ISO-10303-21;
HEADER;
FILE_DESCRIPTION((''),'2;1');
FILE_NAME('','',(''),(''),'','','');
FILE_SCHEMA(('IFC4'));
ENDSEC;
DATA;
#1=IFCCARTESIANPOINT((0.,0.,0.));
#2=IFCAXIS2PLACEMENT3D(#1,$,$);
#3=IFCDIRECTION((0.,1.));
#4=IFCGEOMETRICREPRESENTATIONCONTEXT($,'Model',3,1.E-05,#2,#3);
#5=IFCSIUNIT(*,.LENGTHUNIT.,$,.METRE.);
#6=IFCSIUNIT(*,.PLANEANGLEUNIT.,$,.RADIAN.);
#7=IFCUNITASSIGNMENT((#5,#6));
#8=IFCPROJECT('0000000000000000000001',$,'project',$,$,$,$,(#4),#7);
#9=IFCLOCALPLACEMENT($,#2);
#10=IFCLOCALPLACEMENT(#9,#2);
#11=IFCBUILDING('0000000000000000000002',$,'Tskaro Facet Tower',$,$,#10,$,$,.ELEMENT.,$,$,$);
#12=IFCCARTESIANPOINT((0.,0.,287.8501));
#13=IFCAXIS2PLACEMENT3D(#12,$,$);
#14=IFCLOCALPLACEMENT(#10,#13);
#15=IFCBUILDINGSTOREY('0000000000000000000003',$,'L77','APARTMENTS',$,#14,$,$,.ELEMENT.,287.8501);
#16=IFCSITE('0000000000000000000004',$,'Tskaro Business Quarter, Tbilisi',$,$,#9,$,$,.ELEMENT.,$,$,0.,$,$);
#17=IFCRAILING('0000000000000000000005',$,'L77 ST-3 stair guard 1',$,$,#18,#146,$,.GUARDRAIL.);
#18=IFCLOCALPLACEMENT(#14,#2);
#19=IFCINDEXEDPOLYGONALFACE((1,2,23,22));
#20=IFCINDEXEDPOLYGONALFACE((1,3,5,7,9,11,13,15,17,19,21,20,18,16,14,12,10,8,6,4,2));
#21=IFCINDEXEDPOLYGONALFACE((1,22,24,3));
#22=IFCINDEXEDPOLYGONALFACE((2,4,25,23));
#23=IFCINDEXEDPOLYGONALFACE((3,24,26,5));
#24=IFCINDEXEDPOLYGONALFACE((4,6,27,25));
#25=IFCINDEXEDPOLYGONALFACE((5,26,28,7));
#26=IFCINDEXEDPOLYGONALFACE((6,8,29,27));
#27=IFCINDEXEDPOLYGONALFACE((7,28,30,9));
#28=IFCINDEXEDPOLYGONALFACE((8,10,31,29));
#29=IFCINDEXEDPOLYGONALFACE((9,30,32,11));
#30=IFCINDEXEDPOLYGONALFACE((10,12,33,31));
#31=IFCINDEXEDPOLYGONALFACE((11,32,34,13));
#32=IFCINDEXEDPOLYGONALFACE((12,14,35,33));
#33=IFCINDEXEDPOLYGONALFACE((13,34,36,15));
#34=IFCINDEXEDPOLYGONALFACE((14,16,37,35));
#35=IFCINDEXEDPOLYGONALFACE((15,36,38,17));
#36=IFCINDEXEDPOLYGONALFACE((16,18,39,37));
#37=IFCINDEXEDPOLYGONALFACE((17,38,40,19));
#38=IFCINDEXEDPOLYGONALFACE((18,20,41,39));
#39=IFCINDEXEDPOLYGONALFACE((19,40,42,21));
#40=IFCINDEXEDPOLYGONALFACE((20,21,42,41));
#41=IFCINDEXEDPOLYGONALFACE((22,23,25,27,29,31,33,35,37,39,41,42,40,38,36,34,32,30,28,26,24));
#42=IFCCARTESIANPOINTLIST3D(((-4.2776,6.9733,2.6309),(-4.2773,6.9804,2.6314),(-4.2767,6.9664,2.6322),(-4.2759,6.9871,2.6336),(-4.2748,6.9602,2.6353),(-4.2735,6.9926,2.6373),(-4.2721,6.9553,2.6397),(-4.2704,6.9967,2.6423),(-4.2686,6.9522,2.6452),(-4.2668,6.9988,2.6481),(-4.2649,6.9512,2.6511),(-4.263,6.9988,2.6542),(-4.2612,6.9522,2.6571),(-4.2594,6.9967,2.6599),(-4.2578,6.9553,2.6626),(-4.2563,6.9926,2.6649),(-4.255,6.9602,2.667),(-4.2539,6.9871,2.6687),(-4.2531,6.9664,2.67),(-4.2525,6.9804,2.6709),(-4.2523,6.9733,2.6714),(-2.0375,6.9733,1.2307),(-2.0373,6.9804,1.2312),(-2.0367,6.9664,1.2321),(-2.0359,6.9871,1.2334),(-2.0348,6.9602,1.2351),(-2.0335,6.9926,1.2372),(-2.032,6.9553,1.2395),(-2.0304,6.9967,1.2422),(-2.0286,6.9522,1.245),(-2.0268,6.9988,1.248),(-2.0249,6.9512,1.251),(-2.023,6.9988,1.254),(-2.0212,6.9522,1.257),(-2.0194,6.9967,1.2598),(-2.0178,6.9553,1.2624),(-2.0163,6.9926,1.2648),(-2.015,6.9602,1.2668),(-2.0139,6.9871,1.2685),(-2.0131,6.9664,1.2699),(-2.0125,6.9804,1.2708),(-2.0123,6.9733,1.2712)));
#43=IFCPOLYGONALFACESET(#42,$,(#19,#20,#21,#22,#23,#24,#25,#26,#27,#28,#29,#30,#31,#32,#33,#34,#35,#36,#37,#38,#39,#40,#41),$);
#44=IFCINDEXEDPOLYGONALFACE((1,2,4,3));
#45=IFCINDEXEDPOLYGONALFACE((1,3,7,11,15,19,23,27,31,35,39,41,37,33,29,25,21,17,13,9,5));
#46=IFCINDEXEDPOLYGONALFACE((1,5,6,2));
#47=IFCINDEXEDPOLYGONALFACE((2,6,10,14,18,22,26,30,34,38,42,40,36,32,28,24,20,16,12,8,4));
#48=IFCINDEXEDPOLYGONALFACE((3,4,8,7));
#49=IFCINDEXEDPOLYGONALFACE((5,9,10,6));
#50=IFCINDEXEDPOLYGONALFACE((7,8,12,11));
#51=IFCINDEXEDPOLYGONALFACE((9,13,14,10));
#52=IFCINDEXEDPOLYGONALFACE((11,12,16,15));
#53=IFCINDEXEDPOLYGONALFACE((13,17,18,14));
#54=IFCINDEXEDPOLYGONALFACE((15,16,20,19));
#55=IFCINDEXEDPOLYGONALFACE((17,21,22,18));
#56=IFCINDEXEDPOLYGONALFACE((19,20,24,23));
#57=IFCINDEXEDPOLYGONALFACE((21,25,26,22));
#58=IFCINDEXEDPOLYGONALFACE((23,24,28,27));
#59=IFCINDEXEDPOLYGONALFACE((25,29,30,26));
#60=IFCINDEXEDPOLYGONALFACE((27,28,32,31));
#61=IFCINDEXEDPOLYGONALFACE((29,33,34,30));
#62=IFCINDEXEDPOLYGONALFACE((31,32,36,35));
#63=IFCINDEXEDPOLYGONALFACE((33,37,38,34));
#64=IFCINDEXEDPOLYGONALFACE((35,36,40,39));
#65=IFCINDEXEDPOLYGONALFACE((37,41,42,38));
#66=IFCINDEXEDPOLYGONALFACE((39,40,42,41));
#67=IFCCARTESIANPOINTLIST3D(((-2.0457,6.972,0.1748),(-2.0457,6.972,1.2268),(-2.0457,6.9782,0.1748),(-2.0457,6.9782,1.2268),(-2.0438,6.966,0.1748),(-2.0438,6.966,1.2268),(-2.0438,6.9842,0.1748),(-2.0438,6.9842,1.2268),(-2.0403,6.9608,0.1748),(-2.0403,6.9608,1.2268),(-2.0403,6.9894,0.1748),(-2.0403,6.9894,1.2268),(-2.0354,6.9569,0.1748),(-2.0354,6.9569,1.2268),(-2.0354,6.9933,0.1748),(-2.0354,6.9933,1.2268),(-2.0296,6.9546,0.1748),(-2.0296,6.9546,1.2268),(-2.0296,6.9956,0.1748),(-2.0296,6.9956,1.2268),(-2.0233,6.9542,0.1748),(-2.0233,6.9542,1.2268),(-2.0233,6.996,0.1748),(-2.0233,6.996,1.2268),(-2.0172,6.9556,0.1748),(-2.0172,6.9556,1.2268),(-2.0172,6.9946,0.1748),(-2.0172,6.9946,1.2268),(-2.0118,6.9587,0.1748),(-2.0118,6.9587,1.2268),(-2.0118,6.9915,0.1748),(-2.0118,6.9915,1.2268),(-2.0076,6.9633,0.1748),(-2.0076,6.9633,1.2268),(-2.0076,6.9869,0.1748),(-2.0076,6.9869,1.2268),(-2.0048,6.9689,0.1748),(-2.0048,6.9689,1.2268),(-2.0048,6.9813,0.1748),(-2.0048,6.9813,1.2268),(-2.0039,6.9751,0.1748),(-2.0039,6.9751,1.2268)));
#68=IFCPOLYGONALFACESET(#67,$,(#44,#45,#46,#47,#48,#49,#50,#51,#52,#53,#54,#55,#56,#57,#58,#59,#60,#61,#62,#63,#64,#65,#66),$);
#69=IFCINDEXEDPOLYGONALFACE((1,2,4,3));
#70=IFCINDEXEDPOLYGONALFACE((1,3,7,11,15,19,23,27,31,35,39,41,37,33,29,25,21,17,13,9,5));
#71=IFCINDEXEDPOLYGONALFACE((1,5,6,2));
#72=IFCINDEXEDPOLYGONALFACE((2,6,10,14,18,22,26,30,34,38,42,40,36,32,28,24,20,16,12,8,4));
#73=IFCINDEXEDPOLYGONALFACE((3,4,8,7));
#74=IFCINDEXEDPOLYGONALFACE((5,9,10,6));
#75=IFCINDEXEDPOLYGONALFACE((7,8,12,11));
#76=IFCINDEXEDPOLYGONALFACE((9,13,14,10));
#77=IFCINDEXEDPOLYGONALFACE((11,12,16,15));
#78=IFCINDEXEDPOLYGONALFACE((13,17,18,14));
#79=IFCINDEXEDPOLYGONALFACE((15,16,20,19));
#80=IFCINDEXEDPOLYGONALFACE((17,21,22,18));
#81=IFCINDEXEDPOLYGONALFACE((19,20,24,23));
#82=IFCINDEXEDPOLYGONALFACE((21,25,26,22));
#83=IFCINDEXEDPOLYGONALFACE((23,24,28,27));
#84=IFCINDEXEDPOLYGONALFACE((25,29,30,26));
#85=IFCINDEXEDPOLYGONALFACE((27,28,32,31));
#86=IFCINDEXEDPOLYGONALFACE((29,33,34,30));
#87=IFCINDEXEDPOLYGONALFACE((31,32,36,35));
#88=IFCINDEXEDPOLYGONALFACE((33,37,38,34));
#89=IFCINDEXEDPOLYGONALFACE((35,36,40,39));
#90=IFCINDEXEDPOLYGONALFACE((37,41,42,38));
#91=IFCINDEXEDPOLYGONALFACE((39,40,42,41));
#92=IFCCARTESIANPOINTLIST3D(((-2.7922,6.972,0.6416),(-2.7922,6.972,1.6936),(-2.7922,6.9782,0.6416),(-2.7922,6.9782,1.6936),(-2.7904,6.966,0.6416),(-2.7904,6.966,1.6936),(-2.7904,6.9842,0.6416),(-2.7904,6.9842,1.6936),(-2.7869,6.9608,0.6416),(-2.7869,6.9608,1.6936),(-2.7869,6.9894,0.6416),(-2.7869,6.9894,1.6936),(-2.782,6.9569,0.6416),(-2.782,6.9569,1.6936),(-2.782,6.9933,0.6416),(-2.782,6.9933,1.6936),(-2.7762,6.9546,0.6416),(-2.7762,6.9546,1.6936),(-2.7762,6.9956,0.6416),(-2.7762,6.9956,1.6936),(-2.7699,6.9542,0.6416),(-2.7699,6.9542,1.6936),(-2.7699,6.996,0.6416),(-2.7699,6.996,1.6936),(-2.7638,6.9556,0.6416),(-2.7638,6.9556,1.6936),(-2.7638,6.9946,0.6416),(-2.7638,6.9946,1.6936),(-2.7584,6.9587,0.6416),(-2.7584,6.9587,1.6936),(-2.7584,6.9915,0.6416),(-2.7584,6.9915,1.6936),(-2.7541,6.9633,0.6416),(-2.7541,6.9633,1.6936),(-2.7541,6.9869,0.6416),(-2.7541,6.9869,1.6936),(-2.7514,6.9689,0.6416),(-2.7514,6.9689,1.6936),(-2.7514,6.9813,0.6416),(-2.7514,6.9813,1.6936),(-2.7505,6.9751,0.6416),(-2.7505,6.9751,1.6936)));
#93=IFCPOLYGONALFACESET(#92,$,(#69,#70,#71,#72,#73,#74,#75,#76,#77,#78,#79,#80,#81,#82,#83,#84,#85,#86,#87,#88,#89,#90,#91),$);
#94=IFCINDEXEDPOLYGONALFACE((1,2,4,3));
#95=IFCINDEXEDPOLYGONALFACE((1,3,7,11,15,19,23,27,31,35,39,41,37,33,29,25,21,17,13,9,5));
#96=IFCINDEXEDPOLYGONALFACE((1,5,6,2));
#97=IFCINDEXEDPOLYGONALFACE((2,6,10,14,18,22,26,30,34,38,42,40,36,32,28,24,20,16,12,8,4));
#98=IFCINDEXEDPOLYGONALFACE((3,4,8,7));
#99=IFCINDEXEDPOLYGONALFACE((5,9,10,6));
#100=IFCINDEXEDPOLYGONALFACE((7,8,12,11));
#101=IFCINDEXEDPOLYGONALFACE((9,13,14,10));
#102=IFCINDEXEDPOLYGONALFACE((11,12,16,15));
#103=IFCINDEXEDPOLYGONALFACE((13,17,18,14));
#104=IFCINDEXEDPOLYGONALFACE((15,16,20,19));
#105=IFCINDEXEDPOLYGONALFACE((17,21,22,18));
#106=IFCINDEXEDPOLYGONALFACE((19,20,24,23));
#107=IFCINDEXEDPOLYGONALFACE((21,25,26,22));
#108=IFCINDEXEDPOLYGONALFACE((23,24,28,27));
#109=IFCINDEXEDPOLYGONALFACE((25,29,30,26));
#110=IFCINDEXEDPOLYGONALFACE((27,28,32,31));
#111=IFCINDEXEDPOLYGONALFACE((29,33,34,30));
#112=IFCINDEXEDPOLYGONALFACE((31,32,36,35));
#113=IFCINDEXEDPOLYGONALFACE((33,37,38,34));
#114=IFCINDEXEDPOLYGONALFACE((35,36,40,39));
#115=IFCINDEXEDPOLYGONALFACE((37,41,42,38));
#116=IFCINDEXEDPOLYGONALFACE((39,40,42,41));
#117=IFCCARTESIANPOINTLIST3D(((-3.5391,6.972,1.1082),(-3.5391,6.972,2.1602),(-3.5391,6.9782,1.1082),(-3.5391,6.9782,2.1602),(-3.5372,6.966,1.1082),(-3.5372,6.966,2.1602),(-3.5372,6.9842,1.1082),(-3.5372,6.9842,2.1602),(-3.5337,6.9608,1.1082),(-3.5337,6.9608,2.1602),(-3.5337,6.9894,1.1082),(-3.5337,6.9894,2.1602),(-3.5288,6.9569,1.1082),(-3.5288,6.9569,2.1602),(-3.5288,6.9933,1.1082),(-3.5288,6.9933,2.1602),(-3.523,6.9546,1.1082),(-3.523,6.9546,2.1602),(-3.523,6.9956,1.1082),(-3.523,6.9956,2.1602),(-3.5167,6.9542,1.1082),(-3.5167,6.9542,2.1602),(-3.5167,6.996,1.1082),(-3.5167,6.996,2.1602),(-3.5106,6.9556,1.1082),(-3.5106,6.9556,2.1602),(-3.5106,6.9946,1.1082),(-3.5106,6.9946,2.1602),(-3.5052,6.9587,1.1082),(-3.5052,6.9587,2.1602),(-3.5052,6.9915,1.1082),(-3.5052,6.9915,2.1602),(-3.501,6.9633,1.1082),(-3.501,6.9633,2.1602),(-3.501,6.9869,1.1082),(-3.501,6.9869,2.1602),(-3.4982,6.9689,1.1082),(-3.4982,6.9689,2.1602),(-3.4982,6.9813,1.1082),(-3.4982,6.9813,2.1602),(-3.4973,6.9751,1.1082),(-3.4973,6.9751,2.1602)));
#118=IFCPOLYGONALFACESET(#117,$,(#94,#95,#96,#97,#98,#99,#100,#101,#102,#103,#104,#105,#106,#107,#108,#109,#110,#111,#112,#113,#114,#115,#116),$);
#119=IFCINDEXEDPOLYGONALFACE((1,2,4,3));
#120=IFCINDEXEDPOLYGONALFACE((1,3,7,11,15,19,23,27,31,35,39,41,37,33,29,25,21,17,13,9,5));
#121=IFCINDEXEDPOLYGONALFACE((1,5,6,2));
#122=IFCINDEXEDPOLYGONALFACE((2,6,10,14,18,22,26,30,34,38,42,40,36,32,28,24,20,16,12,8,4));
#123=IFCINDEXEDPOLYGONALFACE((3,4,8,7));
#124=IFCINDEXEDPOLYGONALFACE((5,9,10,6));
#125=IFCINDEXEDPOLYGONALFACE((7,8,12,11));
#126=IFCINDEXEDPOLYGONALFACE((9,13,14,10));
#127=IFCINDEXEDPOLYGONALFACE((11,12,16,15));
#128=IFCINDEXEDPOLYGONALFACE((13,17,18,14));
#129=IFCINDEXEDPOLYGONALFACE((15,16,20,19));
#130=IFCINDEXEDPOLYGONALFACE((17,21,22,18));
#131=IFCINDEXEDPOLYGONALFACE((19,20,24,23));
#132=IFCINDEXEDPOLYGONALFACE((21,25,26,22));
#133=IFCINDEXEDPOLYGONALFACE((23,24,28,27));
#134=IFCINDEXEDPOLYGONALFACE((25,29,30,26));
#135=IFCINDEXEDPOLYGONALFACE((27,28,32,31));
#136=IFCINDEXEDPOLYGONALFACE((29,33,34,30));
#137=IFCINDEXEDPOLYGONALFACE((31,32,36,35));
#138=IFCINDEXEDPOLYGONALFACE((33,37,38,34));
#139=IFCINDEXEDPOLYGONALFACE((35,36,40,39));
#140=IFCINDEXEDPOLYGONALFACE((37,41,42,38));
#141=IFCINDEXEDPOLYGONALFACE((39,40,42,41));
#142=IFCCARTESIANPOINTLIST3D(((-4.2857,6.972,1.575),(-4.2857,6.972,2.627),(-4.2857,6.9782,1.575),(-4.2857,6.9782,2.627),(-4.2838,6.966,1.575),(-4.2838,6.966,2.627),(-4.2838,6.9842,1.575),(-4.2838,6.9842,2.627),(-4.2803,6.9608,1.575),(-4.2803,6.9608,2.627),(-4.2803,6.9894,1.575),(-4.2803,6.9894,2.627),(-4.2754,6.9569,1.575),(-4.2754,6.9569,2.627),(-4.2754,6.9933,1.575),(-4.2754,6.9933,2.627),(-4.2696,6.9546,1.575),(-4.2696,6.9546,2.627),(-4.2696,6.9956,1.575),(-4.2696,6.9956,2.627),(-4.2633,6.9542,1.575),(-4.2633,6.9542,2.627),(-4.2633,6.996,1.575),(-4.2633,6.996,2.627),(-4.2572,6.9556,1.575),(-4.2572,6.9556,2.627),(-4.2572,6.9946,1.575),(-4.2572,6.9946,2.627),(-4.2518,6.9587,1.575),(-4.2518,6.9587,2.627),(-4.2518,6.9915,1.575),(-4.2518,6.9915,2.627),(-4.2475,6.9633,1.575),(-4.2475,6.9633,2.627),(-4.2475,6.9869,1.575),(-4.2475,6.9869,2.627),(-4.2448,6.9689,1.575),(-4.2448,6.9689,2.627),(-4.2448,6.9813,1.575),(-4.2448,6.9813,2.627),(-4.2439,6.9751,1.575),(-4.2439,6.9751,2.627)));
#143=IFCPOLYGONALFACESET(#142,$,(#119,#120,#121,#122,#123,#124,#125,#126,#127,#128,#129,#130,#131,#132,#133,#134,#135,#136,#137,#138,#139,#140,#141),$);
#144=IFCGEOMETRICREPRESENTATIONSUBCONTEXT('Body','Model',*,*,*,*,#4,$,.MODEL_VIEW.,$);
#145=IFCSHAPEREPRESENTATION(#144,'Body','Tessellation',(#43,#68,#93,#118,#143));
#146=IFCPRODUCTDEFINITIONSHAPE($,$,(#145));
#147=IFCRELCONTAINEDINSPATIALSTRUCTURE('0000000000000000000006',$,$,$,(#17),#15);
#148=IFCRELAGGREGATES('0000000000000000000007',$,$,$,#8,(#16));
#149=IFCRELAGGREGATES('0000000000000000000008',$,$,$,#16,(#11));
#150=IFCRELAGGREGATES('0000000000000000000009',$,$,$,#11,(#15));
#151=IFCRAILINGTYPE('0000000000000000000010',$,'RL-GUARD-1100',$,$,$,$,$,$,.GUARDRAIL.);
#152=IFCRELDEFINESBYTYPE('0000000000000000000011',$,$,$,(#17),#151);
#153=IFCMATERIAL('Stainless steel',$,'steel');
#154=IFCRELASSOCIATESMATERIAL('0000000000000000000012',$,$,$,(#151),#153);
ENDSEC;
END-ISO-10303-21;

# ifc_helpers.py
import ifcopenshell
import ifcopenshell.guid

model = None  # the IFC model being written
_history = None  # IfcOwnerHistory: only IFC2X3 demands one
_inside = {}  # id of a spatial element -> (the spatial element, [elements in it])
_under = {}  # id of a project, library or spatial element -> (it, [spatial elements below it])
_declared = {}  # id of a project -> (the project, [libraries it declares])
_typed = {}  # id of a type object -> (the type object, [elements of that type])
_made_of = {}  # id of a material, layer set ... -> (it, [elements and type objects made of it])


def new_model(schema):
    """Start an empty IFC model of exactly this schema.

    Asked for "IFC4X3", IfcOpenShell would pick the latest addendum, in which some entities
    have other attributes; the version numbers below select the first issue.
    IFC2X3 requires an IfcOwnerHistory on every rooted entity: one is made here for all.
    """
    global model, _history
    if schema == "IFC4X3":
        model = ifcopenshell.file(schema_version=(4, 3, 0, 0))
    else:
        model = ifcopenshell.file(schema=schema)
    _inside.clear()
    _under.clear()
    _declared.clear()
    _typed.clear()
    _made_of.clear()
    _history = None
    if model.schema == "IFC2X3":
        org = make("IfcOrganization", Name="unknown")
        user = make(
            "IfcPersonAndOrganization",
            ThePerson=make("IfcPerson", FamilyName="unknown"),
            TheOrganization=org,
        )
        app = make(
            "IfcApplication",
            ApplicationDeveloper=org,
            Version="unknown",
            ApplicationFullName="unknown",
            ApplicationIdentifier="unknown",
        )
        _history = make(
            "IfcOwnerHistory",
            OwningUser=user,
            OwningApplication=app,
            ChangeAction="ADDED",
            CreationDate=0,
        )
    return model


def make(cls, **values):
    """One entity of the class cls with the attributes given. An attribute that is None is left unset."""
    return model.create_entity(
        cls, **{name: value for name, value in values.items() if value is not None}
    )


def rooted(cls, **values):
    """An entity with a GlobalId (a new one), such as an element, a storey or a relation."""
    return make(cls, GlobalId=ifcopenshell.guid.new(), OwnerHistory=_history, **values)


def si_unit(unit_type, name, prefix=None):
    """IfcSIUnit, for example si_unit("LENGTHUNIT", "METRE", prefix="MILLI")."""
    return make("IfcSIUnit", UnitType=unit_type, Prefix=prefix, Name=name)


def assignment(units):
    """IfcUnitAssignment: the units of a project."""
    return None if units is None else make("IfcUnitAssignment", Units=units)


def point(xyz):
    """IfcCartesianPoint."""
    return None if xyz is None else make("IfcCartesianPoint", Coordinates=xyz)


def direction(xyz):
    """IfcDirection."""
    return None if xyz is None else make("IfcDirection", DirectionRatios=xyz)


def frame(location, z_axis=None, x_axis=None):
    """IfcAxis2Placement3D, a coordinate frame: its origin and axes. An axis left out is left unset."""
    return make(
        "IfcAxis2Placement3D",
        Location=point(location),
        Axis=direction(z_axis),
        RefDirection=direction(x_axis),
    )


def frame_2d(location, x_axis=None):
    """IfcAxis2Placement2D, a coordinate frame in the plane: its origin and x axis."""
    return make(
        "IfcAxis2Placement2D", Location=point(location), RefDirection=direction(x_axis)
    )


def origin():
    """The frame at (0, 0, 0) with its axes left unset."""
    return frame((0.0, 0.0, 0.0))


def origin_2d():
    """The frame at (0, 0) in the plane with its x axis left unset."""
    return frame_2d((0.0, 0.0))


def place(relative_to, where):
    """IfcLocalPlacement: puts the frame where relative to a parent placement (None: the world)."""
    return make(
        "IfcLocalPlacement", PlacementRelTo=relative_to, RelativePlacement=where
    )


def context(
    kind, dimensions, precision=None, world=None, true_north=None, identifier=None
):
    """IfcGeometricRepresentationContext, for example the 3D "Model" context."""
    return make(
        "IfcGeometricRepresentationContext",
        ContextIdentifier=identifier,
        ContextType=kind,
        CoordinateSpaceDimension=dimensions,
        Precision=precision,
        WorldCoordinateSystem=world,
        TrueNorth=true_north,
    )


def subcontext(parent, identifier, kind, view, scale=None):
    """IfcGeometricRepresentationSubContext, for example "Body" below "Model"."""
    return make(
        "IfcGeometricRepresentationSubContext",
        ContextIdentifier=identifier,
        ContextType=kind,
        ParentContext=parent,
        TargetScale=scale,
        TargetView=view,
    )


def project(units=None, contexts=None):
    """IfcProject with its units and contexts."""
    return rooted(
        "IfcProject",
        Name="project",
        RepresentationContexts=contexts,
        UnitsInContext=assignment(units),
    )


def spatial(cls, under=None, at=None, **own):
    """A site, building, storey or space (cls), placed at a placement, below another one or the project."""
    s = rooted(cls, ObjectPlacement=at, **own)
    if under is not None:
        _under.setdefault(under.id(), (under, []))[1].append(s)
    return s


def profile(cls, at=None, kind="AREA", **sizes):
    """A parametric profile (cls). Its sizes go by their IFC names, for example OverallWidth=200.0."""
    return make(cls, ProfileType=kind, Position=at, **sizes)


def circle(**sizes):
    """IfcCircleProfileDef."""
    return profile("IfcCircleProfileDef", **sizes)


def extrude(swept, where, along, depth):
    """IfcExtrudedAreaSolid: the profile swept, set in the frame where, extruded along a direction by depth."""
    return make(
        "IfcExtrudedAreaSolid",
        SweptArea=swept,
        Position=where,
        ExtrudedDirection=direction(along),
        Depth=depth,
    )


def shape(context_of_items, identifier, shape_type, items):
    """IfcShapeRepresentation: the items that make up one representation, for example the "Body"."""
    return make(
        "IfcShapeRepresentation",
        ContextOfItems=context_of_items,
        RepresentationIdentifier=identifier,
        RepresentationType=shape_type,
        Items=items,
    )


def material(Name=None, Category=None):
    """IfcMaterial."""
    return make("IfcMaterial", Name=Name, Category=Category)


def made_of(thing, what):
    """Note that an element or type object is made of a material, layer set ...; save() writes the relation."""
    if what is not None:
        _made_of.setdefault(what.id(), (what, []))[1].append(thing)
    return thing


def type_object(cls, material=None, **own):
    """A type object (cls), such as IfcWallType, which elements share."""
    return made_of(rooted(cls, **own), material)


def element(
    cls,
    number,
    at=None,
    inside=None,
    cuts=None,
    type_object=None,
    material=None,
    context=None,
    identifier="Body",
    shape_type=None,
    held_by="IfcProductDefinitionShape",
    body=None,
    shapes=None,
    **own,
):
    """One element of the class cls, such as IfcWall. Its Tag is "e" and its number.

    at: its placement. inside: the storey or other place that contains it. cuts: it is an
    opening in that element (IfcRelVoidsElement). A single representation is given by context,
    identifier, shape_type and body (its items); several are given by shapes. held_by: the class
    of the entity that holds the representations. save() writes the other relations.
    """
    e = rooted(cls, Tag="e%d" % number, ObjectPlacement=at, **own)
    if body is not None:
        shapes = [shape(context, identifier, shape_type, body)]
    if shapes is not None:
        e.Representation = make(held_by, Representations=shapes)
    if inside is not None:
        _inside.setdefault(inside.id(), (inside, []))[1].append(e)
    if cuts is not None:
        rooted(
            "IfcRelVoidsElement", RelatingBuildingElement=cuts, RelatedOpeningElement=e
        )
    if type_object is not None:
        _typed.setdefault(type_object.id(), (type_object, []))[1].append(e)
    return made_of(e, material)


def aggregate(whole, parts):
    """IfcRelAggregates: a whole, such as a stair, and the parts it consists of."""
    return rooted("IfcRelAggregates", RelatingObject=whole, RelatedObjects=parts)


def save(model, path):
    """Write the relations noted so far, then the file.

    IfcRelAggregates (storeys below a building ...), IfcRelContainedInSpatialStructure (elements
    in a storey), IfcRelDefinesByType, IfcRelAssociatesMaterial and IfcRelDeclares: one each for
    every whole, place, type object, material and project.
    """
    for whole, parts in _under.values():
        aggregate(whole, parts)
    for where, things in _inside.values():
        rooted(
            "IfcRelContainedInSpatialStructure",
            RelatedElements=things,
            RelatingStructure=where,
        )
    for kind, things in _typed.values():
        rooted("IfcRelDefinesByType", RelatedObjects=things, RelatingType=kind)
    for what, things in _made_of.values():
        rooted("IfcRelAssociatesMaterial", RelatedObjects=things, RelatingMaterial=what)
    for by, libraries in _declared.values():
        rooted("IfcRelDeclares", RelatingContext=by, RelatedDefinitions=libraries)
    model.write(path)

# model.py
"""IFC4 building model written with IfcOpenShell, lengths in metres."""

from ifc_helpers import new_model, si_unit, direction, frame, origin, origin_2d, place, context, subcontext, project, spatial, circle, extrude, material, type_object, element, save


model = new_model("IFC4")

# Units and contexts
model_context = context("Model", 3, precision=1e-05, world=origin(), true_north=direction((0.0, 1.0)))
body_context = subcontext(model_context, "Body", "Model", "MODEL_VIEW")
ifc_project = project(units=[si_unit("LENGTHUNIT", "METRE"), si_unit("PLANEANGLEUNIT", "RADIAN")], contexts=[model_context])

# Site, building, storey
site_placement = place(None, origin())
site = spatial("IfcSite", under=ifc_project, at=site_placement, Name="Tskaro Business Quarter, Tbilisi", CompositionType="ELEMENT", RefElevation=0.0)
building_placement = place(site_placement, origin())
building = spatial("IfcBuilding", under=site, at=building_placement, Name="Tskaro Facet Tower", CompositionType="ELEMENT")
storey_placement = place(building_placement, frame((0.0, 0.0, 287.8501)))
storey = spatial("IfcBuildingStorey", under=building, at=storey_placement, Name="L77", Description="APARTMENTS", CompositionType="ELEMENT", Elevation=287.8501)

# Railing
ifc_material_1 = material(Name="Stainless steel", Category="steel")
railing_type_1 = type_object("IfcRailingType", Name="RL-GUARD-1100", PredefinedType="GUARDRAIL", material=ifc_material_1)
railing_1_placement = place(storey_placement, frame((-2.0249, 6.9751, 0.1748)))
element("IfcRailing", 1, at=railing_1_placement, inside=storey, type_object=railing_type_1, Name="L77 ST-3 stair guard 1", PredefinedType="GUARDRAIL", context=body_context, shape_type="SweptSolid", body=[
    extrude(circle(Radius=0.0239, at=origin_2d()), frame((0.0, 0.0, 1.0762), z_axis=(-0.847972, 0.0, 0.53004), x_axis=(0.0, -1.0, 0.0)), (0.0, 0.0, 1.0), 2.6416),
    extrude(circle(Radius=0.021, at=origin_2d()), origin(), (0.0, 0.0, 1.0), 1.052),
    extrude(circle(Radius=0.021, at=origin_2d()), frame((-0.7466, 0.0, 0.4668)), (0.0, 0.0, 1.0), 1.052),
    extrude(circle(Radius=0.021, at=origin_2d()), frame((-1.4934, 0.0, 0.9333)), (0.0, 0.0, 1.0), 1.052),
    extrude(circle(Radius=0.021, at=origin_2d()), frame((-2.24, 0.0, 1.4001)), (0.0, 0.0, 1.0), 1.052),
])

save(model, "model.ifc")
